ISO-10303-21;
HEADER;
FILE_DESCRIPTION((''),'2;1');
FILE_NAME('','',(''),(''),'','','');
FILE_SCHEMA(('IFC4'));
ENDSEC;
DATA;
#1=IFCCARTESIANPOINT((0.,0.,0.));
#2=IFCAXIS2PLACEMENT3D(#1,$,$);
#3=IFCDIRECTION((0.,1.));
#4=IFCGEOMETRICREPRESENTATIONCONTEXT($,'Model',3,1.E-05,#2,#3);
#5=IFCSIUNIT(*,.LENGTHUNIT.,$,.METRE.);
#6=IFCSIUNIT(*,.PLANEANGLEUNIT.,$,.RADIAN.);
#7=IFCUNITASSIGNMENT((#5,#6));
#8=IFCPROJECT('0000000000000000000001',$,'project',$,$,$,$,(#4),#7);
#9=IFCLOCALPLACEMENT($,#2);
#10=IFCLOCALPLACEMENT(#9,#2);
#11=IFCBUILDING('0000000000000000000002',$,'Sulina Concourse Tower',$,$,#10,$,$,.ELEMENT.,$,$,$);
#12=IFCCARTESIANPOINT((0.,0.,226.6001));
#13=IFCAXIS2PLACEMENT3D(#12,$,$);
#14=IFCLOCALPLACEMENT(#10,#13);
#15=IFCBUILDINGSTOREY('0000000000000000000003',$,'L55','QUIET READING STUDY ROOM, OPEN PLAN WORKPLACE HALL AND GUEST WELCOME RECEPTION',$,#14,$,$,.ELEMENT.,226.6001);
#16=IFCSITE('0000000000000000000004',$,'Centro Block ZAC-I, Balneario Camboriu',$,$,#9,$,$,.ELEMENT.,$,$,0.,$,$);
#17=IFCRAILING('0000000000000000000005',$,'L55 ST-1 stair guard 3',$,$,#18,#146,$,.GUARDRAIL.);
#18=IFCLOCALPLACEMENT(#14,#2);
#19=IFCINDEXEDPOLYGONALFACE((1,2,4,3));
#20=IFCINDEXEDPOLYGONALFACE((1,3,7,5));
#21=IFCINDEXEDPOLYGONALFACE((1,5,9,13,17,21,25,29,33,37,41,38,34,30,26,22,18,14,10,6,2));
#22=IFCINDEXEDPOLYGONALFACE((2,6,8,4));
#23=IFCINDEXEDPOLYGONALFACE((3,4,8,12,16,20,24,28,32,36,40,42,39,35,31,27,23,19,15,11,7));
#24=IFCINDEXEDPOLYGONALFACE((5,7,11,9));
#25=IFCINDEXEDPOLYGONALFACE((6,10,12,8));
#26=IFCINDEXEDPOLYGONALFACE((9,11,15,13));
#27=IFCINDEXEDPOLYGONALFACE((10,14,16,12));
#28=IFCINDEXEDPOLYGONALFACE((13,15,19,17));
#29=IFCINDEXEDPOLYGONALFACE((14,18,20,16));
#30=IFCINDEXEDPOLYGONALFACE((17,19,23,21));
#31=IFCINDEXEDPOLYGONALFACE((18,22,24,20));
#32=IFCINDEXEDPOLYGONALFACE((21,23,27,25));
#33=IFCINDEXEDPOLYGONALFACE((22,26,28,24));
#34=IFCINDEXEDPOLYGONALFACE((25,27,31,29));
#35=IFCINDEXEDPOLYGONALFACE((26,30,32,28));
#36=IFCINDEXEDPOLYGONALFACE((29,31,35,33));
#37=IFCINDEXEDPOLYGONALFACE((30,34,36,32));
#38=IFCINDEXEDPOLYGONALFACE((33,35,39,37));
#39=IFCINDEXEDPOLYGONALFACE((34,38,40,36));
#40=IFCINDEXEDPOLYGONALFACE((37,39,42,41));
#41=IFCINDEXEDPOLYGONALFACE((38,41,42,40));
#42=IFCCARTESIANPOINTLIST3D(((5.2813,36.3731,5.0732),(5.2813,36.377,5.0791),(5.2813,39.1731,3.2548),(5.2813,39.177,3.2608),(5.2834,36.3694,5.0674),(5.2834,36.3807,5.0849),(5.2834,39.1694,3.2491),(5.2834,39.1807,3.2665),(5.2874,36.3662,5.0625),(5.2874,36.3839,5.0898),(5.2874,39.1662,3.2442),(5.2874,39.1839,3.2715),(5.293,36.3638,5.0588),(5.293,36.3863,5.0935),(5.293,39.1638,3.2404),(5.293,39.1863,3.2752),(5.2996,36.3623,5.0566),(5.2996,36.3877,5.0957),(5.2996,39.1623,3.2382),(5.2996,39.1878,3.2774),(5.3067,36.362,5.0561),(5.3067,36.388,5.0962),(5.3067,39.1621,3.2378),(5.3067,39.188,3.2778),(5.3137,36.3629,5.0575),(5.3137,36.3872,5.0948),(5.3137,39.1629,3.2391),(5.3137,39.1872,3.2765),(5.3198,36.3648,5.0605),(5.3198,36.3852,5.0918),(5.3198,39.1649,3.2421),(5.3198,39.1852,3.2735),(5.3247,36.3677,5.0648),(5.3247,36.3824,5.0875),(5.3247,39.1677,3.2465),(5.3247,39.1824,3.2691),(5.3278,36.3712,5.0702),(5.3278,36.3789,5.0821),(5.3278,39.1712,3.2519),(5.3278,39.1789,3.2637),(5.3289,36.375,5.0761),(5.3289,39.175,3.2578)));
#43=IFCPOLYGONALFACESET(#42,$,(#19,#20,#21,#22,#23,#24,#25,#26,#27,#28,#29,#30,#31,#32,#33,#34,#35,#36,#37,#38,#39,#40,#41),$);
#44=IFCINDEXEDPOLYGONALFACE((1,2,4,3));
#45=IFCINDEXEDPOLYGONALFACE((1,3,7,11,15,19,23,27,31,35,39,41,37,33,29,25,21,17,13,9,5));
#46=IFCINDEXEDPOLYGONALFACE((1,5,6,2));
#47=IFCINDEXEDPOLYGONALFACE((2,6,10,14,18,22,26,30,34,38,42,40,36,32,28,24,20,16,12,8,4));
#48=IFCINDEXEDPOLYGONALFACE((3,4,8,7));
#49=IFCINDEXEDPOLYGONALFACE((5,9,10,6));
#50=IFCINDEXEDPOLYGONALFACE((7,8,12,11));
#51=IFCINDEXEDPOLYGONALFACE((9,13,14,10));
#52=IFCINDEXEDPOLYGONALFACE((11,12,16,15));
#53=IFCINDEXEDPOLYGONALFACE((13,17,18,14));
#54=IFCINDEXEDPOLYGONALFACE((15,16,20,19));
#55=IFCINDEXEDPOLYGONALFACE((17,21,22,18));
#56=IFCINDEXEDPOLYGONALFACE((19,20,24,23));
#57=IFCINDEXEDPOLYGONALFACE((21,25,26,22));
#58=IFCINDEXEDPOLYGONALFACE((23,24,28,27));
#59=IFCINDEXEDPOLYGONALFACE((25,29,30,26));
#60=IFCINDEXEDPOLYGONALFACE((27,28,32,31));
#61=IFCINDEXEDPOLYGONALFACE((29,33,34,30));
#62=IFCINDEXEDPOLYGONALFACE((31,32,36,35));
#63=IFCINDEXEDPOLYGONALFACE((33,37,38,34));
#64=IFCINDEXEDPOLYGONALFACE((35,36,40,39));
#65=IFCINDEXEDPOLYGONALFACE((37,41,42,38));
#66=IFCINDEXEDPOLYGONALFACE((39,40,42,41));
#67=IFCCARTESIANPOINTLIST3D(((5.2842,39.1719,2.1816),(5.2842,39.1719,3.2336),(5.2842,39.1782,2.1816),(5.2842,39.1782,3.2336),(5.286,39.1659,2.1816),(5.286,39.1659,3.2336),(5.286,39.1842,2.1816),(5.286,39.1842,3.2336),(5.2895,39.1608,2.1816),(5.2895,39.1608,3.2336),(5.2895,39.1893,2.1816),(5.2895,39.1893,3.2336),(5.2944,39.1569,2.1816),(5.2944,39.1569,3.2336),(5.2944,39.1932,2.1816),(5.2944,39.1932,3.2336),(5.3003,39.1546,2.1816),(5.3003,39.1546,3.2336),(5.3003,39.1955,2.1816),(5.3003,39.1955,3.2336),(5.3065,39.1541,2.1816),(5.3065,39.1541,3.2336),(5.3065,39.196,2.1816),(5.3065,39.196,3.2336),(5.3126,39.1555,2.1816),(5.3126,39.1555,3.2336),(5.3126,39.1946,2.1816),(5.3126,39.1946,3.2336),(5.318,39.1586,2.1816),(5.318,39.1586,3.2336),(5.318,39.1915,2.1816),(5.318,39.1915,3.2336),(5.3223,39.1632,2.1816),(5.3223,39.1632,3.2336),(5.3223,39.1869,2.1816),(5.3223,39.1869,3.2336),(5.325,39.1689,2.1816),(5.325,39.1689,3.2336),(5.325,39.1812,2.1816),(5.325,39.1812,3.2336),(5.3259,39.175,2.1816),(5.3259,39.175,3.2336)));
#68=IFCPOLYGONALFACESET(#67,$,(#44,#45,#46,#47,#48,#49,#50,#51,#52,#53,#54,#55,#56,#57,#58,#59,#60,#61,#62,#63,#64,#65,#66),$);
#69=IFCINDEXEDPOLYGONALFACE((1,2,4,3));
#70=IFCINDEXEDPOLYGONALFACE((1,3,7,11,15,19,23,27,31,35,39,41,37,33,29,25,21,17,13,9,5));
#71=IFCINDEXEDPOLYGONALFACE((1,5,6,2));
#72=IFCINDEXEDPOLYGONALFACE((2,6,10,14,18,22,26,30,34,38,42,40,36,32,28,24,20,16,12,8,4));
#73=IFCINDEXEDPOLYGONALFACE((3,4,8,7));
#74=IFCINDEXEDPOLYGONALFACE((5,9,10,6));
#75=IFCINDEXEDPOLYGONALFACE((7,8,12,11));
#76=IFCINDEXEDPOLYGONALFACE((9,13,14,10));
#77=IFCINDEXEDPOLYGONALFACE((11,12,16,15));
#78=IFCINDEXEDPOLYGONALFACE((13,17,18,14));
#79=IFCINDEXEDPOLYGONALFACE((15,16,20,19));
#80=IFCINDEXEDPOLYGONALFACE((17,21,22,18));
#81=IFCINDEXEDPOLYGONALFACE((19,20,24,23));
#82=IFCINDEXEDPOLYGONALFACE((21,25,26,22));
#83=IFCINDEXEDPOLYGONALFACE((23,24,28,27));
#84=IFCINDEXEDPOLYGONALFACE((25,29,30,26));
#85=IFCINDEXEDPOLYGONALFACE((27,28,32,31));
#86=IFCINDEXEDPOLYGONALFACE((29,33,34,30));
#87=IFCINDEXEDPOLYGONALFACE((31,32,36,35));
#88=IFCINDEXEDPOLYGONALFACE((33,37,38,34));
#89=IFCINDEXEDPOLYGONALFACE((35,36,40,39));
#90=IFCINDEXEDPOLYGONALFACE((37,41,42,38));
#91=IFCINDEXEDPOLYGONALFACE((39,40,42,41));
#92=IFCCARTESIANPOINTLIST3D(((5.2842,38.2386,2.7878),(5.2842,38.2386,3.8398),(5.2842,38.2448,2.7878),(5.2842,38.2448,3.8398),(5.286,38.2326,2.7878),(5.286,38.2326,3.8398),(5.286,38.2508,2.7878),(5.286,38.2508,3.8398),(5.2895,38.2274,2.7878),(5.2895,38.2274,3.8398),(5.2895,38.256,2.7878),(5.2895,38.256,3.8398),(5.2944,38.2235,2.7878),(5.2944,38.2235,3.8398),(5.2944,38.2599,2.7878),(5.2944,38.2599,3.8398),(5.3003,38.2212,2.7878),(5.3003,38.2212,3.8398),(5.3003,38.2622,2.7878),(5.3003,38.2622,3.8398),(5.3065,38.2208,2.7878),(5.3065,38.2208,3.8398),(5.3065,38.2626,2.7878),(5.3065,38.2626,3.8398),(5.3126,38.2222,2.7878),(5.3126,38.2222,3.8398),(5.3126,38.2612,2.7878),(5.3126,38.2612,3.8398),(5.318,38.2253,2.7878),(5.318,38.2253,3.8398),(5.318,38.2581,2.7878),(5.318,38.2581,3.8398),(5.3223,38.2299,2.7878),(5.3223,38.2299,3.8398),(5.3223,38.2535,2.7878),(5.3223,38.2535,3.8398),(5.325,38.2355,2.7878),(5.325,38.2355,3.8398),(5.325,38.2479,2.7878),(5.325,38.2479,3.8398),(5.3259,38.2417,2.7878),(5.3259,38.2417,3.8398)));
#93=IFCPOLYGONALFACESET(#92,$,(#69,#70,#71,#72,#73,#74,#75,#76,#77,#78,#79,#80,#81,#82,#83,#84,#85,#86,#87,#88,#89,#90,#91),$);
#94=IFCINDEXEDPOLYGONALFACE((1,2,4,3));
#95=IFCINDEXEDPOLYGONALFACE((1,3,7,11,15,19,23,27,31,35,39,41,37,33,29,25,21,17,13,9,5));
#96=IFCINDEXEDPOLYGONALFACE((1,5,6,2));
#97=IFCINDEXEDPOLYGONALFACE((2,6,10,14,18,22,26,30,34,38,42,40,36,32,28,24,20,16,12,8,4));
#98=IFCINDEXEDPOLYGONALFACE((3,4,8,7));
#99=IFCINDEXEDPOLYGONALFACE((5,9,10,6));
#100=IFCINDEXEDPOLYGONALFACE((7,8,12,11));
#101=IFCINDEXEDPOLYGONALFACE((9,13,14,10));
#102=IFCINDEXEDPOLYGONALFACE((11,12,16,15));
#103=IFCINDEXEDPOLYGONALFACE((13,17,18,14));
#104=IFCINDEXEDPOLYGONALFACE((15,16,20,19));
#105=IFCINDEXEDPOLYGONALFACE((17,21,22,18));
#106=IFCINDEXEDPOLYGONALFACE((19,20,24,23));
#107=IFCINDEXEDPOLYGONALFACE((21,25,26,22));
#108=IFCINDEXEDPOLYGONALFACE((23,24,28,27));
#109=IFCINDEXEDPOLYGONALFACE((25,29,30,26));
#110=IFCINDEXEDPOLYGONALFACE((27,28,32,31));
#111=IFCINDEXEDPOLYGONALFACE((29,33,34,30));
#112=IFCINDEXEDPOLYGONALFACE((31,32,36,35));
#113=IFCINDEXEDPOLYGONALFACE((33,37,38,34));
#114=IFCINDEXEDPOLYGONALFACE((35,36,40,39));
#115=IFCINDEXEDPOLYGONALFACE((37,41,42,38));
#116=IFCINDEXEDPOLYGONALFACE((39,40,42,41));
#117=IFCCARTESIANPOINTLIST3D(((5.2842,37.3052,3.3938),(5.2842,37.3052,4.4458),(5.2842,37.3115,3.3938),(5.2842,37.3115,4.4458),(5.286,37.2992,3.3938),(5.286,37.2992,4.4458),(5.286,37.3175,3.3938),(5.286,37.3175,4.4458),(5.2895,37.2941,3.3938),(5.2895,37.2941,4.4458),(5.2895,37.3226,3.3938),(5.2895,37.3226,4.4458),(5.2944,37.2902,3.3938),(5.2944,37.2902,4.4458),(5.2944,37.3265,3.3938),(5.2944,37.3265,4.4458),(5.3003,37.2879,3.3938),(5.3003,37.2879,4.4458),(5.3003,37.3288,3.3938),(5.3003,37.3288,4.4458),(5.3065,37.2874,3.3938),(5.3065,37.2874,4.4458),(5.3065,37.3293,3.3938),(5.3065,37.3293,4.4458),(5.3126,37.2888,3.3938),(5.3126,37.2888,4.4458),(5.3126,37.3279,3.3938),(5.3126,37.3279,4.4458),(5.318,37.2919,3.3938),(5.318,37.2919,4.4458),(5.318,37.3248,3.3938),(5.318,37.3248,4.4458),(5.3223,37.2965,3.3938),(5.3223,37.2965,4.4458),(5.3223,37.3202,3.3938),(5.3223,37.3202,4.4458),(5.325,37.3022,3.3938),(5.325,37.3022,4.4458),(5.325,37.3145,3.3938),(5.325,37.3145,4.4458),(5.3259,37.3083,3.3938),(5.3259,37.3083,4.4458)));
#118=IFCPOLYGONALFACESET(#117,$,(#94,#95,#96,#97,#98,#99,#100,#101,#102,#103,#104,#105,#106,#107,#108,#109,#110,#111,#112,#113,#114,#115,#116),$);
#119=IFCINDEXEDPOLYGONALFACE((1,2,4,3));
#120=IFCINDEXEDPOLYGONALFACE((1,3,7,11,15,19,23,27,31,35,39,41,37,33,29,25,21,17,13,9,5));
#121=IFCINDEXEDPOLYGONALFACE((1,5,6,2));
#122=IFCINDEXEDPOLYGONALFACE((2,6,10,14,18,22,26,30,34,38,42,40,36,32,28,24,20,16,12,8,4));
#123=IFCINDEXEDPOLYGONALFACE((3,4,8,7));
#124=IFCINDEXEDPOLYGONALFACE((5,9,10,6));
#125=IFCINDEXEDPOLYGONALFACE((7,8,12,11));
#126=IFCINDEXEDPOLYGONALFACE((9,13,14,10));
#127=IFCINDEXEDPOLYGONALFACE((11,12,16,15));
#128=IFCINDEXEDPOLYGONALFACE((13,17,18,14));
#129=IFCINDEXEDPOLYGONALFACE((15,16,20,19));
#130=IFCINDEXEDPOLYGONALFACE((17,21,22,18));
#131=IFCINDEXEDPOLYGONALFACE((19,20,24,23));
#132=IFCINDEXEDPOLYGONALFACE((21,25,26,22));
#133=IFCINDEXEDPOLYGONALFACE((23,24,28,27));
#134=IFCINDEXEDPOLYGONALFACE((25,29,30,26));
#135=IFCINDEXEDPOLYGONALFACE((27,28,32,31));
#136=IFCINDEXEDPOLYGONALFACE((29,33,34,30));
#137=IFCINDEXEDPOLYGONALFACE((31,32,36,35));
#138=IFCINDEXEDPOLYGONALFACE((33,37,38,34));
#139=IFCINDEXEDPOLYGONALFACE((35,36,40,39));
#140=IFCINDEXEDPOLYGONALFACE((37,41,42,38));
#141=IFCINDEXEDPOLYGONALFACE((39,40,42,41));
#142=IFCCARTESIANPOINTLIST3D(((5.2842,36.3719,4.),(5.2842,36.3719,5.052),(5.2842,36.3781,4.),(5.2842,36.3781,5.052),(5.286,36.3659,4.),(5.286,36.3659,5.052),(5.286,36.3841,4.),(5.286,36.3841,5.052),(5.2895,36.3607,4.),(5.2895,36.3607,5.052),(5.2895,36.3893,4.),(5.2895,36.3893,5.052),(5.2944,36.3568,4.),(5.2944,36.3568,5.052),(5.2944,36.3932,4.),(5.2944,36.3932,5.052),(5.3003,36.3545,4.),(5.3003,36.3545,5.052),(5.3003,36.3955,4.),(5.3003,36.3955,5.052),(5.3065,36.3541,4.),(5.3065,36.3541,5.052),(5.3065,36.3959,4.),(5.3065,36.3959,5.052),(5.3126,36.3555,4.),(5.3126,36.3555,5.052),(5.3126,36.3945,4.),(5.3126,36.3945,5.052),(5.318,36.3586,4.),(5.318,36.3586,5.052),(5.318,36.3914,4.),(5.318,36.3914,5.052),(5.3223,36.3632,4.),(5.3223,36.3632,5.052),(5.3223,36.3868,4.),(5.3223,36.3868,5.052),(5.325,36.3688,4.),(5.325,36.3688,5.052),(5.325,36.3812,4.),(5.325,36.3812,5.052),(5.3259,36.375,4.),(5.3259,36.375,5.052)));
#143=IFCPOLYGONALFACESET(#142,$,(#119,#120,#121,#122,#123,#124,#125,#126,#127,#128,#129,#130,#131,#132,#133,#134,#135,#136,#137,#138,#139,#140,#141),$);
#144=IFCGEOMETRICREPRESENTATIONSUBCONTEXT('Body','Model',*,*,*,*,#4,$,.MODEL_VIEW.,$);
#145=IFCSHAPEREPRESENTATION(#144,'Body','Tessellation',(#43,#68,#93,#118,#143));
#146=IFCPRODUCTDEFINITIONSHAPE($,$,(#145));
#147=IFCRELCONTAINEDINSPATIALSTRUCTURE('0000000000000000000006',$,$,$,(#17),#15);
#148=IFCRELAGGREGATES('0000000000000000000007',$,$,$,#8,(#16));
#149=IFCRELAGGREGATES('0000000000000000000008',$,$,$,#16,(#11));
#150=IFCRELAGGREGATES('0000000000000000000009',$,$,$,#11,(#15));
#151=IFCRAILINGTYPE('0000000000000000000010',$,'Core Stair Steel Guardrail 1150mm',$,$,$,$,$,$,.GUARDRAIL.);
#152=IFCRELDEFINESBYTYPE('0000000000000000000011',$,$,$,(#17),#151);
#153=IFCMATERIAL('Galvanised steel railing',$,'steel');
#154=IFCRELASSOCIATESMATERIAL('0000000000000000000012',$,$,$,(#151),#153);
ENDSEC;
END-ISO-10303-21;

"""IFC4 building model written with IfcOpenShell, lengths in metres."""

from ifc_helpers import new_model, si_unit, direction, frame, origin, origin_2d, place, context, subcontext, project, spatial, circle, extrude, material, type_object, element, save


model = new_model("IFC4")

# Units and contexts
model_context = context("Model", 3, precision=1e-05, world=origin(), true_north=direction((0.0, 1.0)))
body_context = subcontext(model_context, "Body", "Model", "MODEL_VIEW")
ifc_project = project(units=[si_unit("LENGTHUNIT", "METRE"), si_unit("PLANEANGLEUNIT", "RADIAN")], contexts=[model_context])

# Site, building, storey
site_placement = place(None, origin())
site = spatial("IfcSite", under=ifc_project, at=site_placement, Name="Centro Block ZAC-I, Balneario Camboriu", CompositionType="ELEMENT", RefElevation=0.0)
building_placement = place(site_placement, origin())
building = spatial("IfcBuilding", under=site, at=building_placement, Name="Sulina Concourse Tower", CompositionType="ELEMENT")
storey_placement = place(building_placement, frame((0.0, 0.0, 226.6001)))
storey = spatial("IfcBuildingStorey", under=building, at=storey_placement, Name="L55", Description="QUIET READING STUDY ROOM, OPEN PLAN WORKPLACE HALL AND GUEST WELCOME RECEPTION", CompositionType="ELEMENT", Elevation=226.6001)

# Railing
ifc_material_1 = material(Name="Galvanised steel railing", Category="steel")
railing_type_1 = type_object("IfcRailingType", Name="Core Stair Steel Guardrail 1150mm", PredefinedType="GUARDRAIL", material=ifc_material_1)
railing_1_placement = place(storey_placement, frame((5.3049, 39.175, 2.1816)))
element("IfcRailing", 1, at=railing_1_placement, inside=storey, type_object=railing_type_1, Name="L55 ST-1 stair guard 3", PredefinedType="GUARDRAIL", context=body_context, shape_type="SweptSolid", body=[
    extrude(circle(Radius=0.0239, at=origin_2d()), frame((0.0, 0.0, 1.0762), z_axis=(0.0, -0.838672, 0.544636), x_axis=(1.0, 0.0, 0.0)), (0.0, 0.0, 1.0), 3.3386),
    extrude(circle(Radius=0.021, at=origin_2d()), origin(), (0.0, 0.0, 1.0), 1.052),
    extrude(circle(Radius=0.021, at=origin_2d()), frame((0.0, -0.9333, 0.6062)), (0.0, 0.0, 1.0), 1.052),
    extrude(circle(Radius=0.021, at=origin_2d()), frame((0.0, -1.8667, 1.2122)), (0.0, 0.0, 1.0), 1.052),
    extrude(circle(Radius=0.021, at=origin_2d()), frame((0.0, -2.8, 1.8184)), (0.0, 0.0, 1.0), 1.052),
])

save(model, "model.ifc")
